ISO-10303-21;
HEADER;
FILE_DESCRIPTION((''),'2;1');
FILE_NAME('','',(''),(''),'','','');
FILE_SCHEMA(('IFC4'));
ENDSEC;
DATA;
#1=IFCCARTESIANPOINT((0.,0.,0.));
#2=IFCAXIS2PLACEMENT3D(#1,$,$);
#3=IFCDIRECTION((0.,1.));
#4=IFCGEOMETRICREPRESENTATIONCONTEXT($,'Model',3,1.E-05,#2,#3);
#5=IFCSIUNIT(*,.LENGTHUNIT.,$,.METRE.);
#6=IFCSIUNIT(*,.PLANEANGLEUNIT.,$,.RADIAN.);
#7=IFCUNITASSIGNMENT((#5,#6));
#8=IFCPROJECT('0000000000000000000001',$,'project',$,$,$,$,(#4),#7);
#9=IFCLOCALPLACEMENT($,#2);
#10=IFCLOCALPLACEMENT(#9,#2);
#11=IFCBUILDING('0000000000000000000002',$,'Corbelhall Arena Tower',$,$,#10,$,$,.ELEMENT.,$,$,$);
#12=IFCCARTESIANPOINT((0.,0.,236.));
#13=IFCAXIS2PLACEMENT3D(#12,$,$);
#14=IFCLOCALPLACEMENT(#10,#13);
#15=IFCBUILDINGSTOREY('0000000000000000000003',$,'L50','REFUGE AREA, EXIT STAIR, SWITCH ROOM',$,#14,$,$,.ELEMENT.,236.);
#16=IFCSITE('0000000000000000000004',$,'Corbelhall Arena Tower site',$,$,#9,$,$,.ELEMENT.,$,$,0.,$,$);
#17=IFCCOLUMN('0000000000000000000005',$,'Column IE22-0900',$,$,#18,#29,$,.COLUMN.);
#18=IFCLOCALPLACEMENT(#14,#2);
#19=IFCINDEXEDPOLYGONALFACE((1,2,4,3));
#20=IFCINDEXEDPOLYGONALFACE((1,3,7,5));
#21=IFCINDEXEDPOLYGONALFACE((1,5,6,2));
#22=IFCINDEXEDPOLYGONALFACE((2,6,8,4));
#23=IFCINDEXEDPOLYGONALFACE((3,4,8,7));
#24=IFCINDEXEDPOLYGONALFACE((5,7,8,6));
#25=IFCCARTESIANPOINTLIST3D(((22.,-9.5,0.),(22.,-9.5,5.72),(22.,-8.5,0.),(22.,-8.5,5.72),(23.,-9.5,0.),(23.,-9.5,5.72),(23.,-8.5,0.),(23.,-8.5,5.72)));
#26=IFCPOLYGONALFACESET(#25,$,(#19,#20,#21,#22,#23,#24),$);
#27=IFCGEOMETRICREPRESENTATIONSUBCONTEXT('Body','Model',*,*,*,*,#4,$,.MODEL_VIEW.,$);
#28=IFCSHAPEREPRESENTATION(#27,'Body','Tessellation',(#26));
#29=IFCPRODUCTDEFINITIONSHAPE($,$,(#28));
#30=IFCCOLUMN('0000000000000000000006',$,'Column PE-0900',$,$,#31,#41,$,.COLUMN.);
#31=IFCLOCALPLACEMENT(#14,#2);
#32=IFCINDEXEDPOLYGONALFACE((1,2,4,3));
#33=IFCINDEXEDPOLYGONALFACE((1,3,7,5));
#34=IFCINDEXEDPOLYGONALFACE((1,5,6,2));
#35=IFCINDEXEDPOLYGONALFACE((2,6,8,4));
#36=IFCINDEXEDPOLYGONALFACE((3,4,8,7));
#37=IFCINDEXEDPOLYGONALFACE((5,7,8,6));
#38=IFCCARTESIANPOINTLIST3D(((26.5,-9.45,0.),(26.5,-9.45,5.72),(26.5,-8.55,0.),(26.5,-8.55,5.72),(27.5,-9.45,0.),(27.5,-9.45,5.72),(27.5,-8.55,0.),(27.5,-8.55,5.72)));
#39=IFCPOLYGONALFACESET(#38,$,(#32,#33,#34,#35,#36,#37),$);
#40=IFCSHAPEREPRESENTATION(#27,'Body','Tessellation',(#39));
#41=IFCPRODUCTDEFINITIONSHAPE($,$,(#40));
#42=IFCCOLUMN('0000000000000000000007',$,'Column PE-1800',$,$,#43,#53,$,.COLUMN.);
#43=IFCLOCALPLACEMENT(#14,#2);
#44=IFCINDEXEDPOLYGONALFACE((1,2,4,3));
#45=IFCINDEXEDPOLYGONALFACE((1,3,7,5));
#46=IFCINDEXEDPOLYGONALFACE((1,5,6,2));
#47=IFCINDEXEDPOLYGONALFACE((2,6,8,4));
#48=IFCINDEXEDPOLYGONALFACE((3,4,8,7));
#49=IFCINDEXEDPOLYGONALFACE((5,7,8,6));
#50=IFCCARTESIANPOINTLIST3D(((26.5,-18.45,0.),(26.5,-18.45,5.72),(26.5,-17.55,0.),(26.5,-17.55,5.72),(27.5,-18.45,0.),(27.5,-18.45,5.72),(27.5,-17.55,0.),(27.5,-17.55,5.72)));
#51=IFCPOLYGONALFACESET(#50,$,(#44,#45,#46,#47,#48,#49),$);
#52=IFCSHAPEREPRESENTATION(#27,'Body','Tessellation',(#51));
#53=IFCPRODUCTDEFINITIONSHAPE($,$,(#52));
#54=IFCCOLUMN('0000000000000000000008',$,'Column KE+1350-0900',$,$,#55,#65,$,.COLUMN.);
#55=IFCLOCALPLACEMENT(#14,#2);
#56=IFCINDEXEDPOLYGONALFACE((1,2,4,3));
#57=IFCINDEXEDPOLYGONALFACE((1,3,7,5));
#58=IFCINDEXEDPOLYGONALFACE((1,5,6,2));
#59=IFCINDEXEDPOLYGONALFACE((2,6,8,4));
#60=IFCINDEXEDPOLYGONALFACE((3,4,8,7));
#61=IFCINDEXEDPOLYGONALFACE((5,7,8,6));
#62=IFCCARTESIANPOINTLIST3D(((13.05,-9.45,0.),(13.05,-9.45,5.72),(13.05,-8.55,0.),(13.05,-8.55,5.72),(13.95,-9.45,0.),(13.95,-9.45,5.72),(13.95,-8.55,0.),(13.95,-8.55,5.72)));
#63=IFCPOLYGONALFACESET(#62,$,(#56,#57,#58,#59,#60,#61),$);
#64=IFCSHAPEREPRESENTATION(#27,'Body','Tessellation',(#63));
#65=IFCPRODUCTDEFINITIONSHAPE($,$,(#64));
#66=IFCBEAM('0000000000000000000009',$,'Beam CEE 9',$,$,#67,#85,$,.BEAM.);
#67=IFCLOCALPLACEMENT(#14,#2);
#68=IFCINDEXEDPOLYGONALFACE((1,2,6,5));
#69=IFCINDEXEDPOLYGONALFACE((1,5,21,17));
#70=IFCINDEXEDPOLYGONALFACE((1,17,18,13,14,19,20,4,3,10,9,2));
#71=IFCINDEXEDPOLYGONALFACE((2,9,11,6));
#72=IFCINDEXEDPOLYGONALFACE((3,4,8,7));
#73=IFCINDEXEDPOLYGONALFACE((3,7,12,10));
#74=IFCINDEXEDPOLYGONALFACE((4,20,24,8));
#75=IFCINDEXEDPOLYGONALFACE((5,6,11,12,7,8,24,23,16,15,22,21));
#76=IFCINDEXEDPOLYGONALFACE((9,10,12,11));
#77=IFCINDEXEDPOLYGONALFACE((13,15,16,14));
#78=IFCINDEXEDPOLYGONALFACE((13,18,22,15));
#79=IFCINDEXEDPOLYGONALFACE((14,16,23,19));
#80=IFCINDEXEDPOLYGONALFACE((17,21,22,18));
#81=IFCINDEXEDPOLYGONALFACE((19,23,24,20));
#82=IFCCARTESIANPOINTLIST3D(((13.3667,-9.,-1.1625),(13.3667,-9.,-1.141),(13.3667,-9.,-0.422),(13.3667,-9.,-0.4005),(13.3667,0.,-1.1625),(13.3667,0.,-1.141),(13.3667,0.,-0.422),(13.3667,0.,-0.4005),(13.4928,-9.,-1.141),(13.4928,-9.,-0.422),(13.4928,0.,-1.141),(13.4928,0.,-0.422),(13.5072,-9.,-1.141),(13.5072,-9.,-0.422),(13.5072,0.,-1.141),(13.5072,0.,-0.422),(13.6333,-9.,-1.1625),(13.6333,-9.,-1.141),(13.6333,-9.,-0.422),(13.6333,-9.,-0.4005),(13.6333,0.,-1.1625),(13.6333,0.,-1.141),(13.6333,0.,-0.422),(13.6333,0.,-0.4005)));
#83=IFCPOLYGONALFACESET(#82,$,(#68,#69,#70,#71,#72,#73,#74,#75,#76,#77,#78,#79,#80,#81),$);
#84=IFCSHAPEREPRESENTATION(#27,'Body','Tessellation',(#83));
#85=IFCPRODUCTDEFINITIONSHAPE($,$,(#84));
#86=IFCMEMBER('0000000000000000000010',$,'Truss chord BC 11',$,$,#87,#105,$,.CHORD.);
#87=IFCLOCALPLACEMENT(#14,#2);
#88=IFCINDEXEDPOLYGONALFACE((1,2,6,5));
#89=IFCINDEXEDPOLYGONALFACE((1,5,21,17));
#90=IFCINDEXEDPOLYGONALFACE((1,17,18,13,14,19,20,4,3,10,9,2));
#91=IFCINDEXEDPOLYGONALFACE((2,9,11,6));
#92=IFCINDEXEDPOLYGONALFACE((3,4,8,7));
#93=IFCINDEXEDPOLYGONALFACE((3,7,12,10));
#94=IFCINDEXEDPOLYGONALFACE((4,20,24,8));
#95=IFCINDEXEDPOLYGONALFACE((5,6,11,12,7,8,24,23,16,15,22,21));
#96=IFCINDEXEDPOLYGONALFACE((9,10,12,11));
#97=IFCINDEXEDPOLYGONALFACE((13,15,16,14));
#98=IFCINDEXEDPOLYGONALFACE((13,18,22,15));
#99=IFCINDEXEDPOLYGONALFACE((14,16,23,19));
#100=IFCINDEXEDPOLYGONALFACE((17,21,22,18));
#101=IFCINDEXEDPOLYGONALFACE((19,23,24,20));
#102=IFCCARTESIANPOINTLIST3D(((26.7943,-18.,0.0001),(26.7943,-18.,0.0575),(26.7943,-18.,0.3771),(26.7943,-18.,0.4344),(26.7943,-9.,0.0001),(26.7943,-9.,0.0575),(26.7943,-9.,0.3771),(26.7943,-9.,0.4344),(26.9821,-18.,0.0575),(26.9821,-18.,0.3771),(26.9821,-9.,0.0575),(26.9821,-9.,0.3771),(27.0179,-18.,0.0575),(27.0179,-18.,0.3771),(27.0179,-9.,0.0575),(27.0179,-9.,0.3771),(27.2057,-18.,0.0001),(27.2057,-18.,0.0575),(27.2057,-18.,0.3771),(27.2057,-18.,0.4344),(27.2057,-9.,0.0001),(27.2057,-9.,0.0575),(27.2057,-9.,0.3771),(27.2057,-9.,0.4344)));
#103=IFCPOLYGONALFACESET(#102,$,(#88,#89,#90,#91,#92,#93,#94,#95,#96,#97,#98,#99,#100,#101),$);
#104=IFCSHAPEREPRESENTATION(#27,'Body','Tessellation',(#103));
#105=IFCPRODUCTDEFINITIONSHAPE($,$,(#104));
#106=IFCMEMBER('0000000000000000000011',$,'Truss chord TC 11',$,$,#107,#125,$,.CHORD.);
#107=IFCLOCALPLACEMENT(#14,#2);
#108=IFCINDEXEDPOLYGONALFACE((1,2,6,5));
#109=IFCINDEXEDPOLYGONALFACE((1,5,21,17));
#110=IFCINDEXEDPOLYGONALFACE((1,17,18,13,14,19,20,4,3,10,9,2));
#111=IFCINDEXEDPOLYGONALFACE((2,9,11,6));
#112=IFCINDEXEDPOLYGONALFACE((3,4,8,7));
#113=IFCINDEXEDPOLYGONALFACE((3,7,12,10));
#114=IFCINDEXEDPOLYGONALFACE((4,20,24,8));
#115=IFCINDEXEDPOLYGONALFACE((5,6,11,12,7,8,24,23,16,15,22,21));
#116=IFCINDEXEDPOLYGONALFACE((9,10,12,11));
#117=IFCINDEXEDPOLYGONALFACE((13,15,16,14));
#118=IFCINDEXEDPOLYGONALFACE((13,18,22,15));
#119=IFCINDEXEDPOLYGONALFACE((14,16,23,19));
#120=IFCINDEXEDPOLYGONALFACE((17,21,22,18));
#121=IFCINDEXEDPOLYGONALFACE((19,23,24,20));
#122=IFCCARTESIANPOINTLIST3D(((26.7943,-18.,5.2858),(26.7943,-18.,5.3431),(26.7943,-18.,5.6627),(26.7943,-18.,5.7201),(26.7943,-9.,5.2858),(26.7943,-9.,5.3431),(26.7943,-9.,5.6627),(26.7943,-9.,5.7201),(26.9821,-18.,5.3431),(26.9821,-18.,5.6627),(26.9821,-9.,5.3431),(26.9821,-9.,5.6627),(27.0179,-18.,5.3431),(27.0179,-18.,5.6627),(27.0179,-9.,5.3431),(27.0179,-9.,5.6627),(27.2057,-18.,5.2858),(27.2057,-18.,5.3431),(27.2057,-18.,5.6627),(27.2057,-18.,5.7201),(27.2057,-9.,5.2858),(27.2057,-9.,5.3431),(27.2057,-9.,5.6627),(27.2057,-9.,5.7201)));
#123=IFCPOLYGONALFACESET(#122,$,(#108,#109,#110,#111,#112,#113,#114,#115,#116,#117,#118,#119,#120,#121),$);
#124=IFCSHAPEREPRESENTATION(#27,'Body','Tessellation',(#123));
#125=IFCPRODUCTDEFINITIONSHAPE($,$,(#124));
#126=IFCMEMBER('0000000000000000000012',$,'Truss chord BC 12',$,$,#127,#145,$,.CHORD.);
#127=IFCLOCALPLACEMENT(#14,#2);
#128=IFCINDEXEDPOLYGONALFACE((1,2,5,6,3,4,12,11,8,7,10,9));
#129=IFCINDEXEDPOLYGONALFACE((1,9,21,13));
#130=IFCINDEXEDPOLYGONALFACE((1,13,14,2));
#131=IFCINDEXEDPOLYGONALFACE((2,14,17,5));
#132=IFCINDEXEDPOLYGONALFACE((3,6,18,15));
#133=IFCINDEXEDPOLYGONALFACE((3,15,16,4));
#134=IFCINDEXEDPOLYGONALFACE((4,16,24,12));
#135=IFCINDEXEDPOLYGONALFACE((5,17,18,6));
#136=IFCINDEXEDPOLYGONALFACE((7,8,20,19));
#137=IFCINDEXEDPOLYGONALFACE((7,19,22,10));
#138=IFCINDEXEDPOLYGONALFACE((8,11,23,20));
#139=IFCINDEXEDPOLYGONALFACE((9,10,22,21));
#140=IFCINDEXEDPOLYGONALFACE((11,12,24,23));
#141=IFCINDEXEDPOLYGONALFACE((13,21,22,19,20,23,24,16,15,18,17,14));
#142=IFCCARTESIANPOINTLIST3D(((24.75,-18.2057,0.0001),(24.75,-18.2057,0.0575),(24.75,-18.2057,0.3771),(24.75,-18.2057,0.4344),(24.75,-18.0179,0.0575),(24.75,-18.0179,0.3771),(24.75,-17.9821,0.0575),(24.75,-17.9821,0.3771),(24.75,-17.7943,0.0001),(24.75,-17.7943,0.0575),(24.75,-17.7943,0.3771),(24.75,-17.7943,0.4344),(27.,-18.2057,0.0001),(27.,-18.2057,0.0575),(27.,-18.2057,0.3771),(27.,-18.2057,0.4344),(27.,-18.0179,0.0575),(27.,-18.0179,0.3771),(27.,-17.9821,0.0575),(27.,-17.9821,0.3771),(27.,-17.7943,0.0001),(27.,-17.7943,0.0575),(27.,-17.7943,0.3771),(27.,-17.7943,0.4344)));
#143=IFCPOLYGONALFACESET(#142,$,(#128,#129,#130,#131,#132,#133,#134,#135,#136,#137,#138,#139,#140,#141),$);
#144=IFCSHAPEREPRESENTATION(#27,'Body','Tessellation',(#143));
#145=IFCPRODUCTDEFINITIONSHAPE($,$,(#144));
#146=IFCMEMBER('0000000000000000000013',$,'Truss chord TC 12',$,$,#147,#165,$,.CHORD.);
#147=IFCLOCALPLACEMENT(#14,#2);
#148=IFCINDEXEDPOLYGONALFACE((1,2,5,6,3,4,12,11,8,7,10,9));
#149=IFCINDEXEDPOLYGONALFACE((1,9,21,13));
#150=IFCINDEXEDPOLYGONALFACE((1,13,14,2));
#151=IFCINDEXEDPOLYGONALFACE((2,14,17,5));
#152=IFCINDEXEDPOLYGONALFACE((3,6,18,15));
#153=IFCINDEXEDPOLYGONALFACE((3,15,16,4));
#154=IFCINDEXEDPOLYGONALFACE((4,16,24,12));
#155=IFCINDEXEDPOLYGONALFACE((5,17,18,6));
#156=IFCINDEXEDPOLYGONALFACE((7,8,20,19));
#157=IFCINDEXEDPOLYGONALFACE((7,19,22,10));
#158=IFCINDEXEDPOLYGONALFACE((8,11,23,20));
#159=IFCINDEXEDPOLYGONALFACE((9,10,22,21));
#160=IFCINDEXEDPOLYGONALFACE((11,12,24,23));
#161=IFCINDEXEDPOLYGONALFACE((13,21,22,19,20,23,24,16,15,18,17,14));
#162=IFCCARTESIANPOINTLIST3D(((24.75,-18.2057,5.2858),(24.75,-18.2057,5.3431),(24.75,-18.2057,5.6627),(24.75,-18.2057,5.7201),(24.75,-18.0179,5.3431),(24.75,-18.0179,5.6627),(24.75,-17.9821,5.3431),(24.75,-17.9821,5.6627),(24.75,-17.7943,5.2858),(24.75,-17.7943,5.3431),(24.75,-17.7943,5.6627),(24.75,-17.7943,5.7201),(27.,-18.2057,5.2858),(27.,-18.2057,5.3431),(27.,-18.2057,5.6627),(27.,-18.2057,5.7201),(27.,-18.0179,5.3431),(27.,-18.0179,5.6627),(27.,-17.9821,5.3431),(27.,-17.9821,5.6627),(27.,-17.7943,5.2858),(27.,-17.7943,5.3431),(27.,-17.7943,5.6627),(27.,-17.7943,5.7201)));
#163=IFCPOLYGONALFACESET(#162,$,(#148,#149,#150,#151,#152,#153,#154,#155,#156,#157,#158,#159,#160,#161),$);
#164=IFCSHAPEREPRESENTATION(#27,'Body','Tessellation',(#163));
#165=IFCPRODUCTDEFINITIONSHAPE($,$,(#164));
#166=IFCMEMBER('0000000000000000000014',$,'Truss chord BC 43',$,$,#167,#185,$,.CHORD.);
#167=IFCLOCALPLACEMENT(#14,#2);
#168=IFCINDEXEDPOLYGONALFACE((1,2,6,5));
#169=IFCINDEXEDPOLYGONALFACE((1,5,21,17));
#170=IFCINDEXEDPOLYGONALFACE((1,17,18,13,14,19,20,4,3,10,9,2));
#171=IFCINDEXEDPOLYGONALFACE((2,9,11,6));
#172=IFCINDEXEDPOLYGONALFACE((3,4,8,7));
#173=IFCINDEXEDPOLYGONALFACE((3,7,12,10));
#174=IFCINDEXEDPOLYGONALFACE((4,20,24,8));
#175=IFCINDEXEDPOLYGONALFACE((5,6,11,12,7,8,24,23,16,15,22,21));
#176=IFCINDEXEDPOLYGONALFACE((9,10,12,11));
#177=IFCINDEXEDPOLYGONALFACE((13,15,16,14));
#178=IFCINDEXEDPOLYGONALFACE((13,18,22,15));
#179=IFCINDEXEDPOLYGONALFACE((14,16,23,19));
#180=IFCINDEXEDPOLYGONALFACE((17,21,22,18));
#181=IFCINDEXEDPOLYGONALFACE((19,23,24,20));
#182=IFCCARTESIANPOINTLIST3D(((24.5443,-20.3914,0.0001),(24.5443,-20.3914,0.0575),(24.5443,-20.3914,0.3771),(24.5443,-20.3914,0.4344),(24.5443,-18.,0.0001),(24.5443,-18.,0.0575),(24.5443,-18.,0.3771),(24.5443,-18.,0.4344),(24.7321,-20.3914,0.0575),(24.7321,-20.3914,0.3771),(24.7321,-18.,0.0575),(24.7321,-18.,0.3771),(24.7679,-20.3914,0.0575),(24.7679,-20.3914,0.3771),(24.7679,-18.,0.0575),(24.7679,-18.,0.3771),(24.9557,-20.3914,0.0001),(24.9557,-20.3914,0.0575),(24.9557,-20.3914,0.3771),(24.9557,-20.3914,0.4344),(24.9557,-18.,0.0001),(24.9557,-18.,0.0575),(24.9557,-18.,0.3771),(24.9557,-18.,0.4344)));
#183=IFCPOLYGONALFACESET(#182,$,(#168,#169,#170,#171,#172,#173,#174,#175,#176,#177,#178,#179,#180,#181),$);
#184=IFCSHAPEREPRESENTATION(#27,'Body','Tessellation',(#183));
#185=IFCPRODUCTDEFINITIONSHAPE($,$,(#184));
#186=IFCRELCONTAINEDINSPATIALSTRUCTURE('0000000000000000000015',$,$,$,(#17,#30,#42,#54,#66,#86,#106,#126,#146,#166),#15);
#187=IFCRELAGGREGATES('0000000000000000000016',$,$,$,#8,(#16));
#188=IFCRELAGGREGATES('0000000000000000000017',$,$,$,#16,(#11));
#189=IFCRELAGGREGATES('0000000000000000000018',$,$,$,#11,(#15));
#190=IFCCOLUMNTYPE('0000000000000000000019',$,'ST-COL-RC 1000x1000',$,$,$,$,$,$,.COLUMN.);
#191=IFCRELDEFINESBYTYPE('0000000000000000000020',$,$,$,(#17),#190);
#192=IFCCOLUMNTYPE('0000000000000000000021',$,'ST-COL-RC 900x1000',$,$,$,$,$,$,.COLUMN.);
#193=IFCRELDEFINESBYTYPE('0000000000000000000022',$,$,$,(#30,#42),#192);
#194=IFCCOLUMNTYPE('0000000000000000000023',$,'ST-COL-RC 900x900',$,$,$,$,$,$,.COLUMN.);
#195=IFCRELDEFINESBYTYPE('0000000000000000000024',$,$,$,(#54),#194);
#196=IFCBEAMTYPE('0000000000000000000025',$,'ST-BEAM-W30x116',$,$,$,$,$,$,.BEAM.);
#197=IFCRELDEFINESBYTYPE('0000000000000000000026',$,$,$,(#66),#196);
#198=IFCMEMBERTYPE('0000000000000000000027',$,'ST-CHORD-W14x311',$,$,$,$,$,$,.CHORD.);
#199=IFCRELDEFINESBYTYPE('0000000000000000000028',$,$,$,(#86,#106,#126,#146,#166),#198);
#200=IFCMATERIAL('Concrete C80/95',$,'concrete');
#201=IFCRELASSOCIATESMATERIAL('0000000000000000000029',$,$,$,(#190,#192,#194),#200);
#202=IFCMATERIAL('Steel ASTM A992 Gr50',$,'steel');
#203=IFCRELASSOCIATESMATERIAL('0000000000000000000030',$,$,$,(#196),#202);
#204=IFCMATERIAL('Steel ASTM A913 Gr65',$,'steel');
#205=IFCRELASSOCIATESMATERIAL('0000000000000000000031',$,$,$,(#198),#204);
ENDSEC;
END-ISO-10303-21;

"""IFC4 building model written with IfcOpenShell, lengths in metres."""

from ifc_helpers import new_model, si_unit, direction, frame, origin, origin_2d, place, context, subcontext, project, spatial, rectangle, i_section, extrude, material, material_profile, profile_set, type_object, element, save


model = new_model("IFC4")

# Units and contexts
model_context = context("Model", 3, precision=1e-05, world=origin(), true_north=direction((0.0, 1.0)))
body_context = subcontext(model_context, "Body", "Model", "MODEL_VIEW")
ifc_project = project(units=[si_unit("LENGTHUNIT", "METRE"), si_unit("PLANEANGLEUNIT", "RADIAN")], contexts=[model_context])

# Site, building, storey
site_placement = place(None, origin())
site = spatial("IfcSite", under=ifc_project, at=site_placement, Name="Corbelhall Arena Tower site", CompositionType="ELEMENT", RefElevation=0.0)
building_placement = place(site_placement, origin())
building = spatial("IfcBuilding", under=site, at=building_placement, Name="Corbelhall Arena Tower", CompositionType="ELEMENT")
storey_placement = place(building_placement, frame((0.0, 0.0, 236.0)))
storey = spatial("IfcBuildingStorey", under=building, at=storey_placement, Name="L50", Description="REFUGE AREA, EXIT STAIR, SWITCH ROOM", CompositionType="ELEMENT", Elevation=236.0)

# Columns
ifc_material_1 = material(Name="Concrete C80/95", Category="concrete")
ifc_material_profile_1 = material_profile(ifc_material_1, rectangle(XDim=1.0, YDim=1.0, at=origin_2d()))
ifc_profile_set_1 = profile_set([ifc_material_profile_1], Name="Concrete C80/95")
column_type_1 = type_object("IfcColumnType", Name="ST-COL-RC 1000x1000", PredefinedType="COLUMN", material=ifc_profile_set_1)
column_1_placement = place(storey_placement, frame((22.5, -9.0, 0.0), z_axis=(0.0, 0.0, 1.0), x_axis=(1.0, 0.0, 0.0)))
element("IfcColumn", 1, at=column_1_placement, inside=storey, type_object=column_type_1, Name="Column IE22-0900", PredefinedType="COLUMN", context=body_context, shape_type="SweptSolid", body=[
    extrude(rectangle(XDim=1.0, YDim=1.0, at=origin_2d()), origin(), (0.0, 0.0, 1.0), 5.72),
])
ifc_material_profile_2 = material_profile(ifc_material_1, rectangle(XDim=0.8999, YDim=1.0, at=origin_2d()))
ifc_profile_set_2 = profile_set([ifc_material_profile_2], Name="Concrete C80/95")
column_type_2 = type_object("IfcColumnType", Name="ST-COL-RC 900x1000", PredefinedType="COLUMN", material=ifc_profile_set_2)
for number, where, z_axis, x_axis, name in (
    (2, (27.0, -9.0, 0.0), (0.0, 0.0, 1.0), (0.0, 1.0, 0.0), "Column PE-0900"),
    (3, (27.0, -18.0, 0.0), (0.0, 0.0, 1.0), (0.0, 1.0, 0.0), "Column PE-1800"),
):
    element("IfcColumn", number, at=place(storey_placement, frame(where, z_axis=z_axis, x_axis=x_axis)), inside=storey, type_object=column_type_2, Name=name, PredefinedType="COLUMN", context=body_context, shape_type="SweptSolid", body=[
        extrude(rectangle(XDim=0.8999, YDim=1.0, at=origin_2d()), origin(), (0.0, 0.0, 1.0), 5.72),
    ])
ifc_material_profile_3 = material_profile(ifc_material_1, rectangle(XDim=0.8999, YDim=0.8999, at=origin_2d()))
ifc_profile_set_3 = profile_set([ifc_material_profile_3], Name="Concrete C80/95")
column_type_3 = type_object("IfcColumnType", Name="ST-COL-RC 900x900", PredefinedType="COLUMN", material=ifc_profile_set_3)
column_2_placement = place(storey_placement, frame((13.5, -9.0, 0.0), z_axis=(0.0, 0.0, 1.0), x_axis=(1.0, 0.0, 0.0)))
element("IfcColumn", 4, at=column_2_placement, inside=storey, type_object=column_type_3, Name="Column KE+1350-0900", PredefinedType="COLUMN", context=body_context, shape_type="SweptSolid", body=[
    extrude(rectangle(XDim=0.8999, YDim=0.8999, at=origin_2d()), origin(), (0.0, 0.0, 1.0), 5.72),
])

# Beam
ifc_material_2 = material(Name="Steel ASTM A992 Gr50", Category="steel")
ifc_material_profile_4 = material_profile(ifc_material_2, i_section(OverallWidth=0.2666, OverallDepth=0.762, WebThickness=0.0144, FlangeThickness=0.0215, at=origin_2d()))
ifc_profile_set_4 = profile_set([ifc_material_profile_4], Name="Steel ASTM A992 Gr50")
beam_type_1 = type_object("IfcBeamType", Name="ST-BEAM-W30x116", PredefinedType="BEAM", material=ifc_profile_set_4)
beam_1_placement = place(storey_placement, frame((13.5, -9.0, -0.7815), z_axis=(0.0, 1.0, 0.0), x_axis=(-1.0, 0.0, 0.0)))
element("IfcBeam", 5, at=beam_1_placement, inside=storey, type_object=beam_type_1, Name="Beam CEE 9", PredefinedType="BEAM", context=body_context, shape_type="SweptSolid", body=[
    extrude(i_section(OverallWidth=0.2666, OverallDepth=0.762, WebThickness=0.0144, FlangeThickness=0.0215, at=origin_2d()), origin(), (0.0, 0.0, 1.0), 9.0),
])

# Members
ifc_material_3 = material(Name="Steel ASTM A913 Gr65", Category="steel")
ifc_material_profile_5 = material_profile(ifc_material_3, i_section(OverallWidth=0.4114, OverallDepth=0.4343, WebThickness=0.0359, FlangeThickness=0.0574, at=origin_2d()))
ifc_profile_set_5 = profile_set([ifc_material_profile_5], Name="Steel ASTM A913 Gr65")
member_type_1 = type_object("IfcMemberType", Name="ST-CHORD-W14x311", PredefinedType="CHORD", material=ifc_profile_set_5)
for number, where, z_axis, x_axis, name in (
    (6, (27.0, -9.0, 0.2173), (0.0, -1.0, 0.0), (1.0, 0.0, 0.0), "Truss chord BC 11"),
    (7, (27.0, -9.0, 5.5029), (0.0, -1.0, 0.0), (1.0, 0.0, 0.0), "Truss chord TC 11"),
):
    element("IfcMember", number, at=place(storey_placement, frame(where, z_axis=z_axis, x_axis=x_axis)), inside=storey, type_object=member_type_1, Name=name, PredefinedType="CHORD", context=body_context, shape_type="SweptSolid", body=[
        extrude(i_section(OverallWidth=0.4114, OverallDepth=0.4343, WebThickness=0.0359, FlangeThickness=0.0574, at=origin_2d()), origin(), (0.0, 0.0, 1.0), 9.0),
    ])
for number, where, z_axis, x_axis, name in (
    (8, (27.0, -18.0, 0.2173), (-1.0, 0.0, 0.0), (0.0, -1.0, 0.0), "Truss chord BC 12"),
    (9, (27.0, -18.0, 5.5029), (-1.0, 0.0, 0.0), (0.0, -1.0, 0.0), "Truss chord TC 12"),
):
    element("IfcMember", number, at=place(storey_placement, frame(where, z_axis=z_axis, x_axis=x_axis)), inside=storey, type_object=member_type_1, Name=name, PredefinedType="CHORD", context=body_context, shape_type="SweptSolid", body=[
        extrude(i_section(OverallWidth=0.4114, OverallDepth=0.4343, WebThickness=0.0359, FlangeThickness=0.0574, at=origin_2d()), origin(), (0.0, 0.0, 1.0), 2.25),
    ])
member_1_placement = place(storey_placement, frame((24.75, -18.0, 0.2173), z_axis=(0.0, -1.0, 0.0), x_axis=(1.0, 0.0, 0.0)))
element("IfcMember", 10, at=member_1_placement, inside=storey, type_object=member_type_1, Name="Truss chord BC 43", PredefinedType="CHORD", context=body_context, shape_type="SweptSolid", body=[
    extrude(i_section(OverallWidth=0.4114, OverallDepth=0.4343, WebThickness=0.0359, FlangeThickness=0.0574, at=origin_2d()), origin(), (0.0, 0.0, 1.0), 2.3914),
])

save(model, "model.ifc")
